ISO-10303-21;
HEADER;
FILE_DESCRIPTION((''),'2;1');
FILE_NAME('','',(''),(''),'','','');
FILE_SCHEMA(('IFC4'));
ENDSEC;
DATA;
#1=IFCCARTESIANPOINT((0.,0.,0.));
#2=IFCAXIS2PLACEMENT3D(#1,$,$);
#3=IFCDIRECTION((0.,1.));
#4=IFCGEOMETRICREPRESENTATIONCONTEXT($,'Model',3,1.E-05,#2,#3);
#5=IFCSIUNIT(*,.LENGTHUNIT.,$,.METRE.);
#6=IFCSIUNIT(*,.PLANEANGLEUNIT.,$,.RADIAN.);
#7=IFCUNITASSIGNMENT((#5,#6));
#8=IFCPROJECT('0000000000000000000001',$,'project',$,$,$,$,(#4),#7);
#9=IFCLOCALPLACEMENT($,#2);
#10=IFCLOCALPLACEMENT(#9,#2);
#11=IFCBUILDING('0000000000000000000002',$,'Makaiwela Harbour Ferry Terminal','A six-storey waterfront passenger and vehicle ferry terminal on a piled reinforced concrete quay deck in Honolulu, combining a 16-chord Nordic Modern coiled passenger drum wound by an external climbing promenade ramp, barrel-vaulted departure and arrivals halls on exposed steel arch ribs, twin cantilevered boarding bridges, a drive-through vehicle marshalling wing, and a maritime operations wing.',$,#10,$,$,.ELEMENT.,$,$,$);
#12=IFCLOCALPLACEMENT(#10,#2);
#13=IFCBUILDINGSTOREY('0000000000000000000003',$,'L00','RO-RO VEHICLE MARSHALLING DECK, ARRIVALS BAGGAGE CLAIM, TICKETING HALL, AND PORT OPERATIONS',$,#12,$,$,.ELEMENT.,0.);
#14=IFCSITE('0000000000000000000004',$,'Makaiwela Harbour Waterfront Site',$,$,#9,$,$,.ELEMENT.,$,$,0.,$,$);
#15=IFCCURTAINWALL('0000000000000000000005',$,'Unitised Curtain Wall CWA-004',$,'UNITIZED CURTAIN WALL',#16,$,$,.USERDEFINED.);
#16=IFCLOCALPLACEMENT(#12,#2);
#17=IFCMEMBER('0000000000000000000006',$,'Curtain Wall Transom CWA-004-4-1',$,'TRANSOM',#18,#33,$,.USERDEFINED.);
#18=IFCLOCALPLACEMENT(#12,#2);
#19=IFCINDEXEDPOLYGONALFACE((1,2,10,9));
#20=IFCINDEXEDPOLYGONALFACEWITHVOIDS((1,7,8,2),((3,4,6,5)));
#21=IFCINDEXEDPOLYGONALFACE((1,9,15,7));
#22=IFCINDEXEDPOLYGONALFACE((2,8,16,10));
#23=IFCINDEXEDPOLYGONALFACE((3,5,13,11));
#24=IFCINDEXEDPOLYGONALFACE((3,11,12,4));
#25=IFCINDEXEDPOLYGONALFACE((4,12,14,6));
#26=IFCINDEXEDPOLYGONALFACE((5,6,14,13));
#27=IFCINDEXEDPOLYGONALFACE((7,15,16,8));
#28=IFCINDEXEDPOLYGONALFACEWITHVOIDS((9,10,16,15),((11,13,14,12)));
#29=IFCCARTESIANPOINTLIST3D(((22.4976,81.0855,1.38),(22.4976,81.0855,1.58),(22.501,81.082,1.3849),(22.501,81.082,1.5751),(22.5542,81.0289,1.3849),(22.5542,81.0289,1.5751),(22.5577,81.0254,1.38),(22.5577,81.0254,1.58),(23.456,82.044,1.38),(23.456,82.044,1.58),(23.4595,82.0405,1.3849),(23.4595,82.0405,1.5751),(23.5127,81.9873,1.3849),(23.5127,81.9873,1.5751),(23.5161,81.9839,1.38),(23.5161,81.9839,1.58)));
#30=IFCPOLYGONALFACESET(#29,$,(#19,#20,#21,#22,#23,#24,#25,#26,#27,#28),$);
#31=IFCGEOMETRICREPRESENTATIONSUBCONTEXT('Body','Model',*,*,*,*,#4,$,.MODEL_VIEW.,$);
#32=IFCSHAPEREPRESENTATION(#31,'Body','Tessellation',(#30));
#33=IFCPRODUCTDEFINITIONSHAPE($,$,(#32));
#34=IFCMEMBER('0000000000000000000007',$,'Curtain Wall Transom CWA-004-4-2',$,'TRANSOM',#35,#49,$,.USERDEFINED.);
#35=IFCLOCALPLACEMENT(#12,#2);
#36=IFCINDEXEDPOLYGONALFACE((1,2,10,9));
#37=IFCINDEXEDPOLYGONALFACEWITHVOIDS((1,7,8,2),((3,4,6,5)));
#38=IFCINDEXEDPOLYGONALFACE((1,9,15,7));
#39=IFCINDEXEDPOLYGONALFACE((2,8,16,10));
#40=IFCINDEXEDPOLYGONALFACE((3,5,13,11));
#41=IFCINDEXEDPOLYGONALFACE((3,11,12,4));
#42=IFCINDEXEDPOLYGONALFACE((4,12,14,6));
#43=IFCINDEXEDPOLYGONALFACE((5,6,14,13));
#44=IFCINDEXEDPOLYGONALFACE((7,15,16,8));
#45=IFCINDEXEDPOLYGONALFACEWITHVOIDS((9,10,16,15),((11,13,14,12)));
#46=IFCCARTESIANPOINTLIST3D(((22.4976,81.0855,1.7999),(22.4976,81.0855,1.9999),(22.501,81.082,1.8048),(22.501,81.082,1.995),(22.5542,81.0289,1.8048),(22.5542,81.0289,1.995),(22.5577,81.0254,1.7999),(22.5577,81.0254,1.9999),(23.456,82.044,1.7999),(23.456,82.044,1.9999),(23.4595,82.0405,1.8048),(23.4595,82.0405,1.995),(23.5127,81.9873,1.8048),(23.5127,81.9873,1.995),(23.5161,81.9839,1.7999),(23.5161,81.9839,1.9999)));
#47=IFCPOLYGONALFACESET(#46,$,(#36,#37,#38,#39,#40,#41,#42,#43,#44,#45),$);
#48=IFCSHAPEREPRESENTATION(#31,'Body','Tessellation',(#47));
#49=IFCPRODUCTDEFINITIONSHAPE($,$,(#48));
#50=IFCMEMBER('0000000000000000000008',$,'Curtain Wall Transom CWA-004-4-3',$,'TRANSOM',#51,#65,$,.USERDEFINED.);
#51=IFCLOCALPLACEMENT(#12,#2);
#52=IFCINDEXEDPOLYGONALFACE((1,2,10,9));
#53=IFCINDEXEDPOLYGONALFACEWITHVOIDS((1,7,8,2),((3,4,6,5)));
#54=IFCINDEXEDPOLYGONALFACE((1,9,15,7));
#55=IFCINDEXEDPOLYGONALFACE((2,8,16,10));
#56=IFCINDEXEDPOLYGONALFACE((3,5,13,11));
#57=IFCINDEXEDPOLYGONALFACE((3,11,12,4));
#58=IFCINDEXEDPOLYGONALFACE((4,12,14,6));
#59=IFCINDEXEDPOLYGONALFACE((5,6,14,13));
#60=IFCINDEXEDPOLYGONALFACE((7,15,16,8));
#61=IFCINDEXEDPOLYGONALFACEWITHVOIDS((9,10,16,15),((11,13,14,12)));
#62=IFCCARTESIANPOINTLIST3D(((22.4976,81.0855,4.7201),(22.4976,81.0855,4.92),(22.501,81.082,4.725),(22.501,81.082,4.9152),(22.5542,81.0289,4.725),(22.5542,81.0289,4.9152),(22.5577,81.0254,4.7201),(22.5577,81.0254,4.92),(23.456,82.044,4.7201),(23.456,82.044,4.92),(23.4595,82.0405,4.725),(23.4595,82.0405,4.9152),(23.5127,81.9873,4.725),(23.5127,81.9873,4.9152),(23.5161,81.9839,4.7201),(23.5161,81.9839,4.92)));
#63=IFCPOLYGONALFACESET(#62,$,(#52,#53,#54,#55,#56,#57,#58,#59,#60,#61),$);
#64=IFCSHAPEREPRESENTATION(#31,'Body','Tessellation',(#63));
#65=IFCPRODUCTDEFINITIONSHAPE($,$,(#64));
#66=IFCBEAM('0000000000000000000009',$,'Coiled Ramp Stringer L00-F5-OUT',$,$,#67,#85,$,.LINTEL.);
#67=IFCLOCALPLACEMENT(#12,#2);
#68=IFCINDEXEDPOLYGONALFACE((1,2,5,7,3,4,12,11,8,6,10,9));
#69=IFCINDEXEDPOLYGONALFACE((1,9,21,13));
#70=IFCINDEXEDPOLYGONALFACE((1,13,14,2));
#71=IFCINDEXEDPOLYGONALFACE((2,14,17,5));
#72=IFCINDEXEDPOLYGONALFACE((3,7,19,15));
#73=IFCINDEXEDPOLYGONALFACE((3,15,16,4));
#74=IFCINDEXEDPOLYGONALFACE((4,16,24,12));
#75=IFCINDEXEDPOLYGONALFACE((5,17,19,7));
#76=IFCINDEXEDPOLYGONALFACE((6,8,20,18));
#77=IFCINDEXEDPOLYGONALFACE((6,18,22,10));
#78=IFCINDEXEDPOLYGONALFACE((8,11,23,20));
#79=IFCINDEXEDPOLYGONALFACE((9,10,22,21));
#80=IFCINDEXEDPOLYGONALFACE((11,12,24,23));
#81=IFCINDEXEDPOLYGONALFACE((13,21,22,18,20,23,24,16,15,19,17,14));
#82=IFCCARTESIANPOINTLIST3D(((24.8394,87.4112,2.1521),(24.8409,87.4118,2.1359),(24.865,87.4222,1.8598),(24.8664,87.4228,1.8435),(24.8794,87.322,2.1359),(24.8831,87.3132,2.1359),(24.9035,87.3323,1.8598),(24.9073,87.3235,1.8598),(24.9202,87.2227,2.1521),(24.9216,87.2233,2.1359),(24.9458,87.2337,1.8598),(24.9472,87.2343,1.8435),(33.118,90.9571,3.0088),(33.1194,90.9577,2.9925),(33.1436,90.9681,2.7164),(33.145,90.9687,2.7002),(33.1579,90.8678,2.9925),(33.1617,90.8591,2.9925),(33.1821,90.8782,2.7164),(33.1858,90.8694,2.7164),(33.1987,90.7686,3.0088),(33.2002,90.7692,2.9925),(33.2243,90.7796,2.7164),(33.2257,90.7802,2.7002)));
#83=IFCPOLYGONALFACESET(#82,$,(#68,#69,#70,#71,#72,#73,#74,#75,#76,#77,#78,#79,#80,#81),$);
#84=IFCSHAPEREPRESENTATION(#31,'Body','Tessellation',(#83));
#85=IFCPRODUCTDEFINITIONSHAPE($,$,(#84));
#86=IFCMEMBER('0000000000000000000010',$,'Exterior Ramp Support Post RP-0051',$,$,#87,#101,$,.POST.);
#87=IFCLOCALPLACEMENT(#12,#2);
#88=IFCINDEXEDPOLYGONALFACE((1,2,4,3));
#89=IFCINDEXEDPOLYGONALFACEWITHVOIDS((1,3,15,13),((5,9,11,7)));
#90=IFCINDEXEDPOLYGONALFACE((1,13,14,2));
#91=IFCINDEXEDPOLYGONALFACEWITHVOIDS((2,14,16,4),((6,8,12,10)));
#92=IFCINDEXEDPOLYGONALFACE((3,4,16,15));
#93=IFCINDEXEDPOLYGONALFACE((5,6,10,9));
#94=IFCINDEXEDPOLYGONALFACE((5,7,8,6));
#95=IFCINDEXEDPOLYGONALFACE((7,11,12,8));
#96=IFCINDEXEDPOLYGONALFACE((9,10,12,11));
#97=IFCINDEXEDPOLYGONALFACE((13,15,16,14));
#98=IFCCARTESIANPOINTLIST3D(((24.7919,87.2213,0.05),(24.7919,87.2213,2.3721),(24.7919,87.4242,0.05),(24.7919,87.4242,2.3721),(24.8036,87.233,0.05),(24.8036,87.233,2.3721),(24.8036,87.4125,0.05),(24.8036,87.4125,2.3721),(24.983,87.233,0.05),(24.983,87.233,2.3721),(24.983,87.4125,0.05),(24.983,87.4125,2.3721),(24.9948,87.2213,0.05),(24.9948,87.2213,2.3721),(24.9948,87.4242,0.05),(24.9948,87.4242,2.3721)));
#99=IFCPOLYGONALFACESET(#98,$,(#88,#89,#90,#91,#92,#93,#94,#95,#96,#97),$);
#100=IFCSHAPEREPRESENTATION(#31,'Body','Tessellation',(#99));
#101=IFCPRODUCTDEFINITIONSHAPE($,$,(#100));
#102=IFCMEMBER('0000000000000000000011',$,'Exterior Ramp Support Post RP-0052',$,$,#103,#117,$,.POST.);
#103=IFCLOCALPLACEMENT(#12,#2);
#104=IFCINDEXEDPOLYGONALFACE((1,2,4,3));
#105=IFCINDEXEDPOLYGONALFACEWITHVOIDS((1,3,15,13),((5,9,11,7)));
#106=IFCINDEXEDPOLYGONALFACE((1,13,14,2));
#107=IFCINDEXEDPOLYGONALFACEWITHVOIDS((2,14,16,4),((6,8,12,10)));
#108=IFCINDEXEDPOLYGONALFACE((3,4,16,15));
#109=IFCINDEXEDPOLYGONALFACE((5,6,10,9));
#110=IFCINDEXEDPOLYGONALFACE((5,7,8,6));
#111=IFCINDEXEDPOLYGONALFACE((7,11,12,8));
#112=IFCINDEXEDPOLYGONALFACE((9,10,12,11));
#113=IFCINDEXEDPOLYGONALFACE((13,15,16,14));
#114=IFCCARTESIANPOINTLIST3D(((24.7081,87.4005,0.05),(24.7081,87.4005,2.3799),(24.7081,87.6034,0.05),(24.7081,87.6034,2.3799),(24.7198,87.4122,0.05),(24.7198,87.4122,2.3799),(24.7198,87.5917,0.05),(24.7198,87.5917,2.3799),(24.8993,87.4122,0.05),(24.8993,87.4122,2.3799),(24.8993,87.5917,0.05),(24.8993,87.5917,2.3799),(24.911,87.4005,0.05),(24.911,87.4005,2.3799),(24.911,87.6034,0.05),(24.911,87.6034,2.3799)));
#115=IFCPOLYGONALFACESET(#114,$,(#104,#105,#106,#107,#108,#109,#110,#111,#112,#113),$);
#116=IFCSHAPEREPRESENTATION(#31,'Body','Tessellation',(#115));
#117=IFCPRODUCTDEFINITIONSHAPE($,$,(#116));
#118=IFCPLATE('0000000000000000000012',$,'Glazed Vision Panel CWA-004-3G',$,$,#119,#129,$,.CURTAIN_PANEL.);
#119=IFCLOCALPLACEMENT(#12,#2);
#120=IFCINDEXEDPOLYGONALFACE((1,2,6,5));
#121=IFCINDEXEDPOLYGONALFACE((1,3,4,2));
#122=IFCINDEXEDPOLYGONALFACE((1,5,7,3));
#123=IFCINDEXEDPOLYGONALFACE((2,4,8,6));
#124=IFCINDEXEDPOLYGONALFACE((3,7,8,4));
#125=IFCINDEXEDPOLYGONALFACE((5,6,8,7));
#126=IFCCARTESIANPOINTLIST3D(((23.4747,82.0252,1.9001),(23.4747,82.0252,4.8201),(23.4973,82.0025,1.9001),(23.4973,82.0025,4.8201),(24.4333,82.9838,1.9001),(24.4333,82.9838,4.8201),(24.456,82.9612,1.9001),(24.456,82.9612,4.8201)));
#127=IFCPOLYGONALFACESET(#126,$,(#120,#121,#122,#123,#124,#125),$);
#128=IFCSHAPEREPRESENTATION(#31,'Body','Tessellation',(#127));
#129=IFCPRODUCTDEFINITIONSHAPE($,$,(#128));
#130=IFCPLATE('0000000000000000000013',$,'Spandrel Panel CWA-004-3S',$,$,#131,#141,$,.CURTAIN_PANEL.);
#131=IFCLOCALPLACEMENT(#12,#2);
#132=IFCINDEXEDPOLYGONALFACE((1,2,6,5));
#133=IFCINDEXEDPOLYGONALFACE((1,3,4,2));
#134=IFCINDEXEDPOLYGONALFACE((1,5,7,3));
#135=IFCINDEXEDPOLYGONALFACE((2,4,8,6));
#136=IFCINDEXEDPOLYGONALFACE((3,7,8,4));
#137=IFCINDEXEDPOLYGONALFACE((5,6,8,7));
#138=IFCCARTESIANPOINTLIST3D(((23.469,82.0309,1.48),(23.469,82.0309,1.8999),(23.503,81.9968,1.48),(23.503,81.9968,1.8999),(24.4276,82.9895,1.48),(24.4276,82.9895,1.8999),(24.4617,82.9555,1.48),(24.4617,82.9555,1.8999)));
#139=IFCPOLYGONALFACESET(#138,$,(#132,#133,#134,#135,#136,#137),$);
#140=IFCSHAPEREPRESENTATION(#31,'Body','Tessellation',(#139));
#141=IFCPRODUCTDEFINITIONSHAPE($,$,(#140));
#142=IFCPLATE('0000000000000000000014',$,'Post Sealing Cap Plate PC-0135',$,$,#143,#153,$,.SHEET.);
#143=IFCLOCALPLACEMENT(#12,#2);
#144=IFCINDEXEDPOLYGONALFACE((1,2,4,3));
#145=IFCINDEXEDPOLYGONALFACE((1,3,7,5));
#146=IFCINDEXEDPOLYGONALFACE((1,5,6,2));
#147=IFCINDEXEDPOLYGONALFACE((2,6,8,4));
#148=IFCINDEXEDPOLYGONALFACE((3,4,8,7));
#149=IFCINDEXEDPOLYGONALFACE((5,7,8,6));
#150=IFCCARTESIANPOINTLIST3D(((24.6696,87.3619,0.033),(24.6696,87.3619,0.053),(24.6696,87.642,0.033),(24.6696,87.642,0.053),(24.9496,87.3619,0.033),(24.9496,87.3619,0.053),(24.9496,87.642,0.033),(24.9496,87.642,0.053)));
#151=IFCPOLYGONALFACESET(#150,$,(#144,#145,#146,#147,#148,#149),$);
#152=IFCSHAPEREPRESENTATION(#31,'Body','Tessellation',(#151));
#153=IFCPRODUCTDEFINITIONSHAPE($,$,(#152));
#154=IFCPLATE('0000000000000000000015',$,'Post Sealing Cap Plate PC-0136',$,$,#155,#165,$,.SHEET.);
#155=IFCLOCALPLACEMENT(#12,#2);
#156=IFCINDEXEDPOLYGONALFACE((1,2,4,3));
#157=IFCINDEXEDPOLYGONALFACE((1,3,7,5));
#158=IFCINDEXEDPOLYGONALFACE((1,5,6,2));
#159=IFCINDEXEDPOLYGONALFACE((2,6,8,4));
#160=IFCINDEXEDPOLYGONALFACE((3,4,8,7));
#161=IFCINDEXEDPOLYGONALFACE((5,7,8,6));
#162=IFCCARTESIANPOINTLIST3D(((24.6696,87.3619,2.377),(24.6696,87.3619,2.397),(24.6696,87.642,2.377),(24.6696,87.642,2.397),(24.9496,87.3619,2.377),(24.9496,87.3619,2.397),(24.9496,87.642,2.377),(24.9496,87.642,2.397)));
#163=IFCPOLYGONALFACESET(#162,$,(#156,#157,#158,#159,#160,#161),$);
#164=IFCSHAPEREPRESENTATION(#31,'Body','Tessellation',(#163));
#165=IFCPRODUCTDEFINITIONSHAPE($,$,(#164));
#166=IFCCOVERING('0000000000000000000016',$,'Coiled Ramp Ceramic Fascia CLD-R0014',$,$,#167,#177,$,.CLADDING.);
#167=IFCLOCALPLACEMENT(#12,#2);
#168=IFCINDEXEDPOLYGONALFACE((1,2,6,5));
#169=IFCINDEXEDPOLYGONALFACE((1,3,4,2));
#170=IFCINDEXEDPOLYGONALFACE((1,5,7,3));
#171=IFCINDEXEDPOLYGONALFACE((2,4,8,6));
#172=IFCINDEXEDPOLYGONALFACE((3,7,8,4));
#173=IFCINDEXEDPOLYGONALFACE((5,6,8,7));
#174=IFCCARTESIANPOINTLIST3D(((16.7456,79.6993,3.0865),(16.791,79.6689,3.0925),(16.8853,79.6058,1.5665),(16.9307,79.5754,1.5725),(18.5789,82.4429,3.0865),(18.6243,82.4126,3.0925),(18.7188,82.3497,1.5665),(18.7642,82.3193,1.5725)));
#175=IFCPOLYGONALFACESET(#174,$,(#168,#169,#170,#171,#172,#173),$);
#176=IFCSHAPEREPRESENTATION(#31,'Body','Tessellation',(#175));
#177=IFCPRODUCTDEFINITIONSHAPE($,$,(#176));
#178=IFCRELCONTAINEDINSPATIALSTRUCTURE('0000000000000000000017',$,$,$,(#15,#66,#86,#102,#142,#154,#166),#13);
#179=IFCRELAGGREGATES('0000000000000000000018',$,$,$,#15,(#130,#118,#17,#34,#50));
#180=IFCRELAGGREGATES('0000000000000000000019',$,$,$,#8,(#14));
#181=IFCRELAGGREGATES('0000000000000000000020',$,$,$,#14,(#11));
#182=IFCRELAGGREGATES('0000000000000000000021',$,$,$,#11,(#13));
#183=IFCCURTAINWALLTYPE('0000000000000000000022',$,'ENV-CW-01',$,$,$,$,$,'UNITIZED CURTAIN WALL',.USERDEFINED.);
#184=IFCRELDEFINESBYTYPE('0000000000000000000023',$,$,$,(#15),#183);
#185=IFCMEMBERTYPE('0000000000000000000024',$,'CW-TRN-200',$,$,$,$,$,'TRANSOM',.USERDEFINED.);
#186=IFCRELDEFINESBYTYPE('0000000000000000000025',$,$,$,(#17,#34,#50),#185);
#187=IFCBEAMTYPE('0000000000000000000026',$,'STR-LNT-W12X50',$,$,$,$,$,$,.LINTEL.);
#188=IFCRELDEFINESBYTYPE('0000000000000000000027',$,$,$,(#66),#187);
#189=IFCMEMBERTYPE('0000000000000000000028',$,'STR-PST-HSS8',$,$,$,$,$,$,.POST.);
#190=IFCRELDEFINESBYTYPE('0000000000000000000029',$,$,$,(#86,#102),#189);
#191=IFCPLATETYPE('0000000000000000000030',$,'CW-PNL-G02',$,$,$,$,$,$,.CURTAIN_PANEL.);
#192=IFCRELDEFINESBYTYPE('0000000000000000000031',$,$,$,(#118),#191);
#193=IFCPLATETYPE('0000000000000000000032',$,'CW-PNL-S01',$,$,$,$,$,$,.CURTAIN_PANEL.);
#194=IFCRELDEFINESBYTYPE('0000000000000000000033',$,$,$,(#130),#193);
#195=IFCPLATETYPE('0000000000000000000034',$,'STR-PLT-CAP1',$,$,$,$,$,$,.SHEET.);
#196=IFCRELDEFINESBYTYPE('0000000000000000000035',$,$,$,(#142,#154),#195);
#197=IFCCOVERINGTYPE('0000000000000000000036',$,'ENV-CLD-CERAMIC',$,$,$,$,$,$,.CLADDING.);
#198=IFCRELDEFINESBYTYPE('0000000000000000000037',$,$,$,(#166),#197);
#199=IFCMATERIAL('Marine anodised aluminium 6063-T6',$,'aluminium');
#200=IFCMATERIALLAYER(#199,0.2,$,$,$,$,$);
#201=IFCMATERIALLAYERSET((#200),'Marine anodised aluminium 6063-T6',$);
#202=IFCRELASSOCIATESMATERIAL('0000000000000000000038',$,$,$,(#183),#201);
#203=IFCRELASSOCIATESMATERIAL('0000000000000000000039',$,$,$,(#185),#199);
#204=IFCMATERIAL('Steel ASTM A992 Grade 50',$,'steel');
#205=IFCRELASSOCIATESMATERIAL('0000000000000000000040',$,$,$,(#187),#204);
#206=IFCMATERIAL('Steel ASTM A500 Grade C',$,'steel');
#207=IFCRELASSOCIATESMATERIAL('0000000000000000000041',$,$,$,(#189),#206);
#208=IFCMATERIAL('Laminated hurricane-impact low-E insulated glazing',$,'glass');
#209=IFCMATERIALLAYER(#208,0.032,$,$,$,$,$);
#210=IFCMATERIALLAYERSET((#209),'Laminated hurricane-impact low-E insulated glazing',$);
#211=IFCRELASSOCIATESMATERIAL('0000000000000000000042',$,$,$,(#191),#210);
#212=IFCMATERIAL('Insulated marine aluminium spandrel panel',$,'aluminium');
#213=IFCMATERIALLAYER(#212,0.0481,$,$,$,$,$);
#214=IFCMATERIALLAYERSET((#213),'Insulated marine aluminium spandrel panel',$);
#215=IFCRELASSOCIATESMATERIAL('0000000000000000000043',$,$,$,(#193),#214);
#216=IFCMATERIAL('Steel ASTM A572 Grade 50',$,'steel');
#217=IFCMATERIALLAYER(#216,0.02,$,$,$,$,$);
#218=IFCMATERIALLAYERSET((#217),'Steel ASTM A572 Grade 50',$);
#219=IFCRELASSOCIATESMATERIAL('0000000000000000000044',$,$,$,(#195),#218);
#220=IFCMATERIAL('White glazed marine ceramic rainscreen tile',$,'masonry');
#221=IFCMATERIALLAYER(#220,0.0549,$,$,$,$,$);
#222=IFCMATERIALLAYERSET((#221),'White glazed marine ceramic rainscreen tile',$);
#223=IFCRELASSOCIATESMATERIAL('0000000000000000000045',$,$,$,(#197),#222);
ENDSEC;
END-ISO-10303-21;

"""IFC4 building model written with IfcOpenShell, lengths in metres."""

from ifc_helpers import new_model, si_unit, direction, frame, origin, origin_2d, place, context, subcontext, project, spatial, polyline, rectangle, hollow_rectangle, i_section, outline, extrude, material, layer, layer_set, material_profile, profile_set, type_object, element, aggregate, save


model = new_model("IFC4")

# Units and contexts
model_context = context("Model", 3, precision=1e-05, world=origin(), true_north=direction((0.0, 1.0)))
body_context = subcontext(model_context, "Body", "Model", "MODEL_VIEW")
ifc_project = project(units=[si_unit("LENGTHUNIT", "METRE"), si_unit("PLANEANGLEUNIT", "RADIAN")], contexts=[model_context])

# Site, building, storey
site_placement = place(None, origin())
site = spatial("IfcSite", under=ifc_project, at=site_placement, Name="Makaiwela Harbour Waterfront Site", CompositionType="ELEMENT", RefElevation=0.0)
building_placement = place(site_placement, origin())
building = spatial("IfcBuilding", under=site, at=building_placement, Name="Makaiwela Harbour Ferry Terminal", Description="A six-storey waterfront passenger and vehicle ferry terminal on a piled reinforced concrete quay deck in Honolulu, combining a 16-chord Nordic Modern coiled passenger drum wound by an external climbing promenade ramp, barrel-vaulted departure and arrivals halls on exposed steel arch ribs, twin cantilevered boarding bridges, a drive-through vehicle marshalling wing, and a maritime operations wing.", CompositionType="ELEMENT")
storey_placement = place(building_placement, origin())
storey = spatial("IfcBuildingStorey", under=building, at=storey_placement, Name="L00", Description="RO-RO VEHICLE MARSHALLING DECK, ARRIVALS BAGGAGE CLAIM, TICKETING HALL, AND PORT OPERATIONS", CompositionType="ELEMENT", Elevation=0.0)

# Curtain wall, members
ifc_material_1 = material(Name="Marine anodised aluminium 6063-T6", Category="aluminium")
ifc_layer_1 = layer(ifc_material_1, 0.2)
ifc_layer_set_1 = layer_set([ifc_layer_1], Name="Marine anodised aluminium 6063-T6")
curtain_wall_type = type_object("IfcCurtainWallType", Name="ENV-CW-01", ElementType="UNITIZED CURTAIN WALL", PredefinedType="USERDEFINED", material=ifc_layer_set_1)
curtain_wall_placement = place(storey_placement, origin())
curtain_wall = element("IfcCurtainWall", 1, at=curtain_wall_placement, inside=storey, type_object=curtain_wall_type, Name="Unitised Curtain Wall CWA-004", ObjectType="UNITIZED CURTAIN WALL", PredefinedType="USERDEFINED")
ifc_material_profile_1 = material_profile(ifc_material_1, hollow_rectangle(XDim=0.085, YDim=0.2, WallThickness=0.0049, at=origin_2d()), Name="CWT-200X85")
ifc_profile_set_1 = profile_set([ifc_material_profile_1], Name="Marine anodised aluminium 6063-T6")
member_type_1 = type_object("IfcMemberType", Name="CW-TRN-200", ElementType="TRANSOM", PredefinedType="USERDEFINED", material=ifc_profile_set_1)
member_1_placement = place(storey_placement, frame((23.4861, 82.0139, 1.48), z_axis=(-0.707107, -0.707107, 0.0), x_axis=(0.707107, -0.707107, 0.0)))
member_1 = element("IfcMember", 2, at=member_1_placement, type_object=member_type_1, Name="Curtain Wall Transom CWA-004-4-1", ObjectType="TRANSOM", PredefinedType="USERDEFINED", context=body_context, shape_type="SweptSolid", body=[
    extrude(hollow_rectangle(XDim=0.085, YDim=0.2, WallThickness=0.0049, at=origin_2d()), origin(), (0.0, 0.0, 1.0), 1.3555),
])
member_2_placement = place(storey_placement, frame((23.4861, 82.0139, 1.8999), z_axis=(-0.707107, -0.707107, 0.0), x_axis=(0.707107, -0.707107, 0.0)))
member_2 = element("IfcMember", 3, at=member_2_placement, type_object=member_type_1, Name="Curtain Wall Transom CWA-004-4-2", ObjectType="TRANSOM", PredefinedType="USERDEFINED", context=body_context, shape_type="SweptSolid", body=[
    extrude(hollow_rectangle(XDim=0.085, YDim=0.2, WallThickness=0.0049, at=origin_2d()), origin(), (0.0, 0.0, 1.0), 1.3555),
])
member_3_placement = place(storey_placement, frame((23.4861, 82.0139, 4.8201), z_axis=(-0.707107, -0.707107, 0.0), x_axis=(0.707107, -0.707107, 0.0)))
member_3 = element("IfcMember", 4, at=member_3_placement, type_object=member_type_1, Name="Curtain Wall Transom CWA-004-4-3", ObjectType="TRANSOM", PredefinedType="USERDEFINED", context=body_context, shape_type="SweptSolid", body=[
    extrude(hollow_rectangle(XDim=0.085, YDim=0.2, WallThickness=0.0049, at=origin_2d()), origin(), (0.0, 0.0, 1.0), 1.3555),
])

# Beam
ifc_material_2 = material(Name="Steel ASTM A992 Grade 50", Category="steel")
ifc_material_profile_2 = material_profile(ifc_material_2, i_section(OverallWidth=0.2051, OverallDepth=0.3101, WebThickness=0.0095, FlangeThickness=0.0164, at=origin_2d()), Name="W12X50")
ifc_profile_set_2 = profile_set([ifc_material_profile_2], Name="Steel ASTM A992 Grade 50")
beam_type = type_object("IfcBeamType", Name="STR-LNT-W12X50", PredefinedType="LINTEL", material=ifc_profile_set_2)
beam_placement = place(storey_placement, frame((24.8933, 87.3228, 1.9978), z_axis=(0.915097, 0.391957, 0.094697), x_axis=(-0.393726, 0.919228, 0.0)))
element("IfcBeam", 5, at=beam_placement, inside=storey, type_object=beam_type, Name="Coiled Ramp Stringer L00-F5-OUT", PredefinedType="LINTEL", context=body_context, shape_type="SweptSolid", body=[
    extrude(i_section(OverallWidth=0.2051, OverallDepth=0.3101, WebThickness=0.0095, FlangeThickness=0.0164, at=origin_2d()), origin(), (0.0, 0.0, 1.0), 9.0466),
])

# Members
ifc_material_3 = material(Name="Steel ASTM A500 Grade C", Category="steel")
ifc_material_profile_3 = material_profile(ifc_material_3, hollow_rectangle(XDim=0.2029, YDim=0.2029, WallThickness=0.0117, at=origin_2d()), Name="HSS8X8X1/2")
ifc_profile_set_3 = profile_set([ifc_material_profile_3], Name="Steel ASTM A500 Grade C")
member_type_2 = type_object("IfcMemberType", Name="STR-PST-HSS8", PredefinedType="POST", material=ifc_profile_set_3)
member_4_placement = place(storey_placement, frame((24.8933, 87.3228, 0.05), z_axis=(0.0, 0.0, 1.0), x_axis=(1.0, 0.0, 0.0)))
element("IfcMember", 6, at=member_4_placement, inside=storey, type_object=member_type_2, Name="Exterior Ramp Support Post RP-0051", PredefinedType="POST", context=body_context, shape_type="SweptSolid", body=[
    extrude(hollow_rectangle(XDim=0.2029, YDim=0.2029, WallThickness=0.0117, at=origin_2d()), origin(), (0.0, 0.0, 1.0), 2.322),
])
member_5_placement = place(storey_placement, frame((24.8096, 87.502, 0.05), z_axis=(0.0, 0.0, 1.0), x_axis=(1.0, 0.0, 0.0)))
element("IfcMember", 7, at=member_5_placement, inside=storey, type_object=member_type_2, Name="Exterior Ramp Support Post RP-0052", PredefinedType="POST", context=body_context, shape_type="SweptSolid", body=[
    extrude(hollow_rectangle(XDim=0.2029, YDim=0.2029, WallThickness=0.0117, at=origin_2d()), origin(), (0.0, 0.0, 1.0), 2.3298),
])

# Plates
ifc_material_4 = material(Name="Laminated hurricane-impact low-E insulated glazing", Category="glass")
ifc_layer_2 = layer(ifc_material_4, 0.032)
ifc_layer_set_2 = layer_set([ifc_layer_2], Name="Laminated hurricane-impact low-E insulated glazing")
plate_type_1 = type_object("IfcPlateType", Name="CW-PNL-G02", PredefinedType="CURTAIN_PANEL", material=ifc_layer_set_2)
plate_1_placement = place(storey_placement, frame((23.9653, 82.4932, 1.9001), z_axis=(0.0, 0.0, 1.0), x_axis=(-0.707107, -0.707107, 0.0)))
plate_1 = element("IfcPlate", 8, at=plate_1_placement, type_object=plate_type_1, Name="Glazed Vision Panel CWA-004-3G", PredefinedType="CURTAIN_PANEL", context=body_context, shape_type="SweptSolid", body=[
    extrude(rectangle(XDim=1.3557, YDim=0.032, at=origin_2d()), origin(), (0.0, 0.0, 1.0), 2.9199),
])
ifc_material_5 = material(Name="Insulated marine aluminium spandrel panel", Category="aluminium")
ifc_layer_3 = layer(ifc_material_5, 0.0481)
ifc_layer_set_3 = layer_set([ifc_layer_3], Name="Insulated marine aluminium spandrel panel")
plate_type_2 = type_object("IfcPlateType", Name="CW-PNL-S01", PredefinedType="CURTAIN_PANEL", material=ifc_layer_set_3)
plate_2_placement = place(storey_placement, frame((23.9653, 82.4932, 1.48), z_axis=(0.0, 0.0, 1.0), x_axis=(-0.707107, -0.707107, 0.0)))
plate_2 = element("IfcPlate", 9, at=plate_2_placement, type_object=plate_type_2, Name="Spandrel Panel CWA-004-3S", PredefinedType="CURTAIN_PANEL", context=body_context, shape_type="SweptSolid", body=[
    extrude(rectangle(XDim=1.3557, YDim=0.0481, at=origin_2d()), origin(), (0.0, 0.0, 1.0), 0.4199),
])
aggregate(curtain_wall, [plate_2, plate_1, member_1, member_2, member_3])

# Plates
ifc_material_6 = material(Name="Steel ASTM A572 Grade 50", Category="steel")
ifc_layer_4 = layer(ifc_material_6, 0.02)
ifc_layer_set_4 = layer_set([ifc_layer_4], Name="Steel ASTM A572 Grade 50")
plate_type_3 = type_object("IfcPlateType", Name="STR-PLT-CAP1", PredefinedType="SHEET", material=ifc_layer_set_4)
for number, where, z_axis, x_axis, name in (
    (10, (24.8096, 87.502, 0.033), (0.0, 0.0, 1.0), (1.0, 0.0, 0.0), "Post Sealing Cap Plate PC-0135"),
    (11, (24.8096, 87.502, 2.377), (0.0, 0.0, 1.0), (1.0, 0.0, 0.0), "Post Sealing Cap Plate PC-0136"),
):
    element("IfcPlate", number, at=place(storey_placement, frame(where, z_axis=z_axis, x_axis=x_axis)), inside=storey, type_object=plate_type_3, Name=name, PredefinedType="SHEET", context=body_context, shape_type="SweptSolid", body=[
        extrude(rectangle(XDim=0.28, YDim=0.28, at=origin_2d()), origin(), (0.0, 0.0, 1.0), 0.02),
    ])

# Covering
ifc_material_7 = material(Name="White glazed marine ceramic rainscreen tile", Category="masonry")
ifc_layer_5 = layer(ifc_material_7, 0.0549)
ifc_layer_set_5 = layer_set([ifc_layer_5], Name="White glazed marine ceramic rainscreen tile")
covering_type = type_object("IfcCoveringType", Name="ENV-CLD-CERAMIC", PredefinedType="CLADDING", material=ifc_layer_set_5)
covering_1_placement = place(storey_placement, frame((18.7642, 82.3193, 1.5725), z_axis=(0.826426, -0.552213, 0.109918), x_axis=(-0.555579, -0.831464, 0.000001)))
element("IfcCovering", 12, at=covering_1_placement, inside=storey, type_object=covering_type, Name="Coiled Ramp Ceramic Fascia CLD-R0014", PredefinedType="CLADDING", context=body_context, shape_type="SweptSolid", body=[
    extrude(outline(polyline([(0.0, 0.0), (3.3001, 0.0), (3.2999, -1.5293), (0.0002, -1.5293), (0.0, 0.0)])), origin(), (0.0, 0.0, -1.0), 0.0549),
])

save(model, "model.ifc")
